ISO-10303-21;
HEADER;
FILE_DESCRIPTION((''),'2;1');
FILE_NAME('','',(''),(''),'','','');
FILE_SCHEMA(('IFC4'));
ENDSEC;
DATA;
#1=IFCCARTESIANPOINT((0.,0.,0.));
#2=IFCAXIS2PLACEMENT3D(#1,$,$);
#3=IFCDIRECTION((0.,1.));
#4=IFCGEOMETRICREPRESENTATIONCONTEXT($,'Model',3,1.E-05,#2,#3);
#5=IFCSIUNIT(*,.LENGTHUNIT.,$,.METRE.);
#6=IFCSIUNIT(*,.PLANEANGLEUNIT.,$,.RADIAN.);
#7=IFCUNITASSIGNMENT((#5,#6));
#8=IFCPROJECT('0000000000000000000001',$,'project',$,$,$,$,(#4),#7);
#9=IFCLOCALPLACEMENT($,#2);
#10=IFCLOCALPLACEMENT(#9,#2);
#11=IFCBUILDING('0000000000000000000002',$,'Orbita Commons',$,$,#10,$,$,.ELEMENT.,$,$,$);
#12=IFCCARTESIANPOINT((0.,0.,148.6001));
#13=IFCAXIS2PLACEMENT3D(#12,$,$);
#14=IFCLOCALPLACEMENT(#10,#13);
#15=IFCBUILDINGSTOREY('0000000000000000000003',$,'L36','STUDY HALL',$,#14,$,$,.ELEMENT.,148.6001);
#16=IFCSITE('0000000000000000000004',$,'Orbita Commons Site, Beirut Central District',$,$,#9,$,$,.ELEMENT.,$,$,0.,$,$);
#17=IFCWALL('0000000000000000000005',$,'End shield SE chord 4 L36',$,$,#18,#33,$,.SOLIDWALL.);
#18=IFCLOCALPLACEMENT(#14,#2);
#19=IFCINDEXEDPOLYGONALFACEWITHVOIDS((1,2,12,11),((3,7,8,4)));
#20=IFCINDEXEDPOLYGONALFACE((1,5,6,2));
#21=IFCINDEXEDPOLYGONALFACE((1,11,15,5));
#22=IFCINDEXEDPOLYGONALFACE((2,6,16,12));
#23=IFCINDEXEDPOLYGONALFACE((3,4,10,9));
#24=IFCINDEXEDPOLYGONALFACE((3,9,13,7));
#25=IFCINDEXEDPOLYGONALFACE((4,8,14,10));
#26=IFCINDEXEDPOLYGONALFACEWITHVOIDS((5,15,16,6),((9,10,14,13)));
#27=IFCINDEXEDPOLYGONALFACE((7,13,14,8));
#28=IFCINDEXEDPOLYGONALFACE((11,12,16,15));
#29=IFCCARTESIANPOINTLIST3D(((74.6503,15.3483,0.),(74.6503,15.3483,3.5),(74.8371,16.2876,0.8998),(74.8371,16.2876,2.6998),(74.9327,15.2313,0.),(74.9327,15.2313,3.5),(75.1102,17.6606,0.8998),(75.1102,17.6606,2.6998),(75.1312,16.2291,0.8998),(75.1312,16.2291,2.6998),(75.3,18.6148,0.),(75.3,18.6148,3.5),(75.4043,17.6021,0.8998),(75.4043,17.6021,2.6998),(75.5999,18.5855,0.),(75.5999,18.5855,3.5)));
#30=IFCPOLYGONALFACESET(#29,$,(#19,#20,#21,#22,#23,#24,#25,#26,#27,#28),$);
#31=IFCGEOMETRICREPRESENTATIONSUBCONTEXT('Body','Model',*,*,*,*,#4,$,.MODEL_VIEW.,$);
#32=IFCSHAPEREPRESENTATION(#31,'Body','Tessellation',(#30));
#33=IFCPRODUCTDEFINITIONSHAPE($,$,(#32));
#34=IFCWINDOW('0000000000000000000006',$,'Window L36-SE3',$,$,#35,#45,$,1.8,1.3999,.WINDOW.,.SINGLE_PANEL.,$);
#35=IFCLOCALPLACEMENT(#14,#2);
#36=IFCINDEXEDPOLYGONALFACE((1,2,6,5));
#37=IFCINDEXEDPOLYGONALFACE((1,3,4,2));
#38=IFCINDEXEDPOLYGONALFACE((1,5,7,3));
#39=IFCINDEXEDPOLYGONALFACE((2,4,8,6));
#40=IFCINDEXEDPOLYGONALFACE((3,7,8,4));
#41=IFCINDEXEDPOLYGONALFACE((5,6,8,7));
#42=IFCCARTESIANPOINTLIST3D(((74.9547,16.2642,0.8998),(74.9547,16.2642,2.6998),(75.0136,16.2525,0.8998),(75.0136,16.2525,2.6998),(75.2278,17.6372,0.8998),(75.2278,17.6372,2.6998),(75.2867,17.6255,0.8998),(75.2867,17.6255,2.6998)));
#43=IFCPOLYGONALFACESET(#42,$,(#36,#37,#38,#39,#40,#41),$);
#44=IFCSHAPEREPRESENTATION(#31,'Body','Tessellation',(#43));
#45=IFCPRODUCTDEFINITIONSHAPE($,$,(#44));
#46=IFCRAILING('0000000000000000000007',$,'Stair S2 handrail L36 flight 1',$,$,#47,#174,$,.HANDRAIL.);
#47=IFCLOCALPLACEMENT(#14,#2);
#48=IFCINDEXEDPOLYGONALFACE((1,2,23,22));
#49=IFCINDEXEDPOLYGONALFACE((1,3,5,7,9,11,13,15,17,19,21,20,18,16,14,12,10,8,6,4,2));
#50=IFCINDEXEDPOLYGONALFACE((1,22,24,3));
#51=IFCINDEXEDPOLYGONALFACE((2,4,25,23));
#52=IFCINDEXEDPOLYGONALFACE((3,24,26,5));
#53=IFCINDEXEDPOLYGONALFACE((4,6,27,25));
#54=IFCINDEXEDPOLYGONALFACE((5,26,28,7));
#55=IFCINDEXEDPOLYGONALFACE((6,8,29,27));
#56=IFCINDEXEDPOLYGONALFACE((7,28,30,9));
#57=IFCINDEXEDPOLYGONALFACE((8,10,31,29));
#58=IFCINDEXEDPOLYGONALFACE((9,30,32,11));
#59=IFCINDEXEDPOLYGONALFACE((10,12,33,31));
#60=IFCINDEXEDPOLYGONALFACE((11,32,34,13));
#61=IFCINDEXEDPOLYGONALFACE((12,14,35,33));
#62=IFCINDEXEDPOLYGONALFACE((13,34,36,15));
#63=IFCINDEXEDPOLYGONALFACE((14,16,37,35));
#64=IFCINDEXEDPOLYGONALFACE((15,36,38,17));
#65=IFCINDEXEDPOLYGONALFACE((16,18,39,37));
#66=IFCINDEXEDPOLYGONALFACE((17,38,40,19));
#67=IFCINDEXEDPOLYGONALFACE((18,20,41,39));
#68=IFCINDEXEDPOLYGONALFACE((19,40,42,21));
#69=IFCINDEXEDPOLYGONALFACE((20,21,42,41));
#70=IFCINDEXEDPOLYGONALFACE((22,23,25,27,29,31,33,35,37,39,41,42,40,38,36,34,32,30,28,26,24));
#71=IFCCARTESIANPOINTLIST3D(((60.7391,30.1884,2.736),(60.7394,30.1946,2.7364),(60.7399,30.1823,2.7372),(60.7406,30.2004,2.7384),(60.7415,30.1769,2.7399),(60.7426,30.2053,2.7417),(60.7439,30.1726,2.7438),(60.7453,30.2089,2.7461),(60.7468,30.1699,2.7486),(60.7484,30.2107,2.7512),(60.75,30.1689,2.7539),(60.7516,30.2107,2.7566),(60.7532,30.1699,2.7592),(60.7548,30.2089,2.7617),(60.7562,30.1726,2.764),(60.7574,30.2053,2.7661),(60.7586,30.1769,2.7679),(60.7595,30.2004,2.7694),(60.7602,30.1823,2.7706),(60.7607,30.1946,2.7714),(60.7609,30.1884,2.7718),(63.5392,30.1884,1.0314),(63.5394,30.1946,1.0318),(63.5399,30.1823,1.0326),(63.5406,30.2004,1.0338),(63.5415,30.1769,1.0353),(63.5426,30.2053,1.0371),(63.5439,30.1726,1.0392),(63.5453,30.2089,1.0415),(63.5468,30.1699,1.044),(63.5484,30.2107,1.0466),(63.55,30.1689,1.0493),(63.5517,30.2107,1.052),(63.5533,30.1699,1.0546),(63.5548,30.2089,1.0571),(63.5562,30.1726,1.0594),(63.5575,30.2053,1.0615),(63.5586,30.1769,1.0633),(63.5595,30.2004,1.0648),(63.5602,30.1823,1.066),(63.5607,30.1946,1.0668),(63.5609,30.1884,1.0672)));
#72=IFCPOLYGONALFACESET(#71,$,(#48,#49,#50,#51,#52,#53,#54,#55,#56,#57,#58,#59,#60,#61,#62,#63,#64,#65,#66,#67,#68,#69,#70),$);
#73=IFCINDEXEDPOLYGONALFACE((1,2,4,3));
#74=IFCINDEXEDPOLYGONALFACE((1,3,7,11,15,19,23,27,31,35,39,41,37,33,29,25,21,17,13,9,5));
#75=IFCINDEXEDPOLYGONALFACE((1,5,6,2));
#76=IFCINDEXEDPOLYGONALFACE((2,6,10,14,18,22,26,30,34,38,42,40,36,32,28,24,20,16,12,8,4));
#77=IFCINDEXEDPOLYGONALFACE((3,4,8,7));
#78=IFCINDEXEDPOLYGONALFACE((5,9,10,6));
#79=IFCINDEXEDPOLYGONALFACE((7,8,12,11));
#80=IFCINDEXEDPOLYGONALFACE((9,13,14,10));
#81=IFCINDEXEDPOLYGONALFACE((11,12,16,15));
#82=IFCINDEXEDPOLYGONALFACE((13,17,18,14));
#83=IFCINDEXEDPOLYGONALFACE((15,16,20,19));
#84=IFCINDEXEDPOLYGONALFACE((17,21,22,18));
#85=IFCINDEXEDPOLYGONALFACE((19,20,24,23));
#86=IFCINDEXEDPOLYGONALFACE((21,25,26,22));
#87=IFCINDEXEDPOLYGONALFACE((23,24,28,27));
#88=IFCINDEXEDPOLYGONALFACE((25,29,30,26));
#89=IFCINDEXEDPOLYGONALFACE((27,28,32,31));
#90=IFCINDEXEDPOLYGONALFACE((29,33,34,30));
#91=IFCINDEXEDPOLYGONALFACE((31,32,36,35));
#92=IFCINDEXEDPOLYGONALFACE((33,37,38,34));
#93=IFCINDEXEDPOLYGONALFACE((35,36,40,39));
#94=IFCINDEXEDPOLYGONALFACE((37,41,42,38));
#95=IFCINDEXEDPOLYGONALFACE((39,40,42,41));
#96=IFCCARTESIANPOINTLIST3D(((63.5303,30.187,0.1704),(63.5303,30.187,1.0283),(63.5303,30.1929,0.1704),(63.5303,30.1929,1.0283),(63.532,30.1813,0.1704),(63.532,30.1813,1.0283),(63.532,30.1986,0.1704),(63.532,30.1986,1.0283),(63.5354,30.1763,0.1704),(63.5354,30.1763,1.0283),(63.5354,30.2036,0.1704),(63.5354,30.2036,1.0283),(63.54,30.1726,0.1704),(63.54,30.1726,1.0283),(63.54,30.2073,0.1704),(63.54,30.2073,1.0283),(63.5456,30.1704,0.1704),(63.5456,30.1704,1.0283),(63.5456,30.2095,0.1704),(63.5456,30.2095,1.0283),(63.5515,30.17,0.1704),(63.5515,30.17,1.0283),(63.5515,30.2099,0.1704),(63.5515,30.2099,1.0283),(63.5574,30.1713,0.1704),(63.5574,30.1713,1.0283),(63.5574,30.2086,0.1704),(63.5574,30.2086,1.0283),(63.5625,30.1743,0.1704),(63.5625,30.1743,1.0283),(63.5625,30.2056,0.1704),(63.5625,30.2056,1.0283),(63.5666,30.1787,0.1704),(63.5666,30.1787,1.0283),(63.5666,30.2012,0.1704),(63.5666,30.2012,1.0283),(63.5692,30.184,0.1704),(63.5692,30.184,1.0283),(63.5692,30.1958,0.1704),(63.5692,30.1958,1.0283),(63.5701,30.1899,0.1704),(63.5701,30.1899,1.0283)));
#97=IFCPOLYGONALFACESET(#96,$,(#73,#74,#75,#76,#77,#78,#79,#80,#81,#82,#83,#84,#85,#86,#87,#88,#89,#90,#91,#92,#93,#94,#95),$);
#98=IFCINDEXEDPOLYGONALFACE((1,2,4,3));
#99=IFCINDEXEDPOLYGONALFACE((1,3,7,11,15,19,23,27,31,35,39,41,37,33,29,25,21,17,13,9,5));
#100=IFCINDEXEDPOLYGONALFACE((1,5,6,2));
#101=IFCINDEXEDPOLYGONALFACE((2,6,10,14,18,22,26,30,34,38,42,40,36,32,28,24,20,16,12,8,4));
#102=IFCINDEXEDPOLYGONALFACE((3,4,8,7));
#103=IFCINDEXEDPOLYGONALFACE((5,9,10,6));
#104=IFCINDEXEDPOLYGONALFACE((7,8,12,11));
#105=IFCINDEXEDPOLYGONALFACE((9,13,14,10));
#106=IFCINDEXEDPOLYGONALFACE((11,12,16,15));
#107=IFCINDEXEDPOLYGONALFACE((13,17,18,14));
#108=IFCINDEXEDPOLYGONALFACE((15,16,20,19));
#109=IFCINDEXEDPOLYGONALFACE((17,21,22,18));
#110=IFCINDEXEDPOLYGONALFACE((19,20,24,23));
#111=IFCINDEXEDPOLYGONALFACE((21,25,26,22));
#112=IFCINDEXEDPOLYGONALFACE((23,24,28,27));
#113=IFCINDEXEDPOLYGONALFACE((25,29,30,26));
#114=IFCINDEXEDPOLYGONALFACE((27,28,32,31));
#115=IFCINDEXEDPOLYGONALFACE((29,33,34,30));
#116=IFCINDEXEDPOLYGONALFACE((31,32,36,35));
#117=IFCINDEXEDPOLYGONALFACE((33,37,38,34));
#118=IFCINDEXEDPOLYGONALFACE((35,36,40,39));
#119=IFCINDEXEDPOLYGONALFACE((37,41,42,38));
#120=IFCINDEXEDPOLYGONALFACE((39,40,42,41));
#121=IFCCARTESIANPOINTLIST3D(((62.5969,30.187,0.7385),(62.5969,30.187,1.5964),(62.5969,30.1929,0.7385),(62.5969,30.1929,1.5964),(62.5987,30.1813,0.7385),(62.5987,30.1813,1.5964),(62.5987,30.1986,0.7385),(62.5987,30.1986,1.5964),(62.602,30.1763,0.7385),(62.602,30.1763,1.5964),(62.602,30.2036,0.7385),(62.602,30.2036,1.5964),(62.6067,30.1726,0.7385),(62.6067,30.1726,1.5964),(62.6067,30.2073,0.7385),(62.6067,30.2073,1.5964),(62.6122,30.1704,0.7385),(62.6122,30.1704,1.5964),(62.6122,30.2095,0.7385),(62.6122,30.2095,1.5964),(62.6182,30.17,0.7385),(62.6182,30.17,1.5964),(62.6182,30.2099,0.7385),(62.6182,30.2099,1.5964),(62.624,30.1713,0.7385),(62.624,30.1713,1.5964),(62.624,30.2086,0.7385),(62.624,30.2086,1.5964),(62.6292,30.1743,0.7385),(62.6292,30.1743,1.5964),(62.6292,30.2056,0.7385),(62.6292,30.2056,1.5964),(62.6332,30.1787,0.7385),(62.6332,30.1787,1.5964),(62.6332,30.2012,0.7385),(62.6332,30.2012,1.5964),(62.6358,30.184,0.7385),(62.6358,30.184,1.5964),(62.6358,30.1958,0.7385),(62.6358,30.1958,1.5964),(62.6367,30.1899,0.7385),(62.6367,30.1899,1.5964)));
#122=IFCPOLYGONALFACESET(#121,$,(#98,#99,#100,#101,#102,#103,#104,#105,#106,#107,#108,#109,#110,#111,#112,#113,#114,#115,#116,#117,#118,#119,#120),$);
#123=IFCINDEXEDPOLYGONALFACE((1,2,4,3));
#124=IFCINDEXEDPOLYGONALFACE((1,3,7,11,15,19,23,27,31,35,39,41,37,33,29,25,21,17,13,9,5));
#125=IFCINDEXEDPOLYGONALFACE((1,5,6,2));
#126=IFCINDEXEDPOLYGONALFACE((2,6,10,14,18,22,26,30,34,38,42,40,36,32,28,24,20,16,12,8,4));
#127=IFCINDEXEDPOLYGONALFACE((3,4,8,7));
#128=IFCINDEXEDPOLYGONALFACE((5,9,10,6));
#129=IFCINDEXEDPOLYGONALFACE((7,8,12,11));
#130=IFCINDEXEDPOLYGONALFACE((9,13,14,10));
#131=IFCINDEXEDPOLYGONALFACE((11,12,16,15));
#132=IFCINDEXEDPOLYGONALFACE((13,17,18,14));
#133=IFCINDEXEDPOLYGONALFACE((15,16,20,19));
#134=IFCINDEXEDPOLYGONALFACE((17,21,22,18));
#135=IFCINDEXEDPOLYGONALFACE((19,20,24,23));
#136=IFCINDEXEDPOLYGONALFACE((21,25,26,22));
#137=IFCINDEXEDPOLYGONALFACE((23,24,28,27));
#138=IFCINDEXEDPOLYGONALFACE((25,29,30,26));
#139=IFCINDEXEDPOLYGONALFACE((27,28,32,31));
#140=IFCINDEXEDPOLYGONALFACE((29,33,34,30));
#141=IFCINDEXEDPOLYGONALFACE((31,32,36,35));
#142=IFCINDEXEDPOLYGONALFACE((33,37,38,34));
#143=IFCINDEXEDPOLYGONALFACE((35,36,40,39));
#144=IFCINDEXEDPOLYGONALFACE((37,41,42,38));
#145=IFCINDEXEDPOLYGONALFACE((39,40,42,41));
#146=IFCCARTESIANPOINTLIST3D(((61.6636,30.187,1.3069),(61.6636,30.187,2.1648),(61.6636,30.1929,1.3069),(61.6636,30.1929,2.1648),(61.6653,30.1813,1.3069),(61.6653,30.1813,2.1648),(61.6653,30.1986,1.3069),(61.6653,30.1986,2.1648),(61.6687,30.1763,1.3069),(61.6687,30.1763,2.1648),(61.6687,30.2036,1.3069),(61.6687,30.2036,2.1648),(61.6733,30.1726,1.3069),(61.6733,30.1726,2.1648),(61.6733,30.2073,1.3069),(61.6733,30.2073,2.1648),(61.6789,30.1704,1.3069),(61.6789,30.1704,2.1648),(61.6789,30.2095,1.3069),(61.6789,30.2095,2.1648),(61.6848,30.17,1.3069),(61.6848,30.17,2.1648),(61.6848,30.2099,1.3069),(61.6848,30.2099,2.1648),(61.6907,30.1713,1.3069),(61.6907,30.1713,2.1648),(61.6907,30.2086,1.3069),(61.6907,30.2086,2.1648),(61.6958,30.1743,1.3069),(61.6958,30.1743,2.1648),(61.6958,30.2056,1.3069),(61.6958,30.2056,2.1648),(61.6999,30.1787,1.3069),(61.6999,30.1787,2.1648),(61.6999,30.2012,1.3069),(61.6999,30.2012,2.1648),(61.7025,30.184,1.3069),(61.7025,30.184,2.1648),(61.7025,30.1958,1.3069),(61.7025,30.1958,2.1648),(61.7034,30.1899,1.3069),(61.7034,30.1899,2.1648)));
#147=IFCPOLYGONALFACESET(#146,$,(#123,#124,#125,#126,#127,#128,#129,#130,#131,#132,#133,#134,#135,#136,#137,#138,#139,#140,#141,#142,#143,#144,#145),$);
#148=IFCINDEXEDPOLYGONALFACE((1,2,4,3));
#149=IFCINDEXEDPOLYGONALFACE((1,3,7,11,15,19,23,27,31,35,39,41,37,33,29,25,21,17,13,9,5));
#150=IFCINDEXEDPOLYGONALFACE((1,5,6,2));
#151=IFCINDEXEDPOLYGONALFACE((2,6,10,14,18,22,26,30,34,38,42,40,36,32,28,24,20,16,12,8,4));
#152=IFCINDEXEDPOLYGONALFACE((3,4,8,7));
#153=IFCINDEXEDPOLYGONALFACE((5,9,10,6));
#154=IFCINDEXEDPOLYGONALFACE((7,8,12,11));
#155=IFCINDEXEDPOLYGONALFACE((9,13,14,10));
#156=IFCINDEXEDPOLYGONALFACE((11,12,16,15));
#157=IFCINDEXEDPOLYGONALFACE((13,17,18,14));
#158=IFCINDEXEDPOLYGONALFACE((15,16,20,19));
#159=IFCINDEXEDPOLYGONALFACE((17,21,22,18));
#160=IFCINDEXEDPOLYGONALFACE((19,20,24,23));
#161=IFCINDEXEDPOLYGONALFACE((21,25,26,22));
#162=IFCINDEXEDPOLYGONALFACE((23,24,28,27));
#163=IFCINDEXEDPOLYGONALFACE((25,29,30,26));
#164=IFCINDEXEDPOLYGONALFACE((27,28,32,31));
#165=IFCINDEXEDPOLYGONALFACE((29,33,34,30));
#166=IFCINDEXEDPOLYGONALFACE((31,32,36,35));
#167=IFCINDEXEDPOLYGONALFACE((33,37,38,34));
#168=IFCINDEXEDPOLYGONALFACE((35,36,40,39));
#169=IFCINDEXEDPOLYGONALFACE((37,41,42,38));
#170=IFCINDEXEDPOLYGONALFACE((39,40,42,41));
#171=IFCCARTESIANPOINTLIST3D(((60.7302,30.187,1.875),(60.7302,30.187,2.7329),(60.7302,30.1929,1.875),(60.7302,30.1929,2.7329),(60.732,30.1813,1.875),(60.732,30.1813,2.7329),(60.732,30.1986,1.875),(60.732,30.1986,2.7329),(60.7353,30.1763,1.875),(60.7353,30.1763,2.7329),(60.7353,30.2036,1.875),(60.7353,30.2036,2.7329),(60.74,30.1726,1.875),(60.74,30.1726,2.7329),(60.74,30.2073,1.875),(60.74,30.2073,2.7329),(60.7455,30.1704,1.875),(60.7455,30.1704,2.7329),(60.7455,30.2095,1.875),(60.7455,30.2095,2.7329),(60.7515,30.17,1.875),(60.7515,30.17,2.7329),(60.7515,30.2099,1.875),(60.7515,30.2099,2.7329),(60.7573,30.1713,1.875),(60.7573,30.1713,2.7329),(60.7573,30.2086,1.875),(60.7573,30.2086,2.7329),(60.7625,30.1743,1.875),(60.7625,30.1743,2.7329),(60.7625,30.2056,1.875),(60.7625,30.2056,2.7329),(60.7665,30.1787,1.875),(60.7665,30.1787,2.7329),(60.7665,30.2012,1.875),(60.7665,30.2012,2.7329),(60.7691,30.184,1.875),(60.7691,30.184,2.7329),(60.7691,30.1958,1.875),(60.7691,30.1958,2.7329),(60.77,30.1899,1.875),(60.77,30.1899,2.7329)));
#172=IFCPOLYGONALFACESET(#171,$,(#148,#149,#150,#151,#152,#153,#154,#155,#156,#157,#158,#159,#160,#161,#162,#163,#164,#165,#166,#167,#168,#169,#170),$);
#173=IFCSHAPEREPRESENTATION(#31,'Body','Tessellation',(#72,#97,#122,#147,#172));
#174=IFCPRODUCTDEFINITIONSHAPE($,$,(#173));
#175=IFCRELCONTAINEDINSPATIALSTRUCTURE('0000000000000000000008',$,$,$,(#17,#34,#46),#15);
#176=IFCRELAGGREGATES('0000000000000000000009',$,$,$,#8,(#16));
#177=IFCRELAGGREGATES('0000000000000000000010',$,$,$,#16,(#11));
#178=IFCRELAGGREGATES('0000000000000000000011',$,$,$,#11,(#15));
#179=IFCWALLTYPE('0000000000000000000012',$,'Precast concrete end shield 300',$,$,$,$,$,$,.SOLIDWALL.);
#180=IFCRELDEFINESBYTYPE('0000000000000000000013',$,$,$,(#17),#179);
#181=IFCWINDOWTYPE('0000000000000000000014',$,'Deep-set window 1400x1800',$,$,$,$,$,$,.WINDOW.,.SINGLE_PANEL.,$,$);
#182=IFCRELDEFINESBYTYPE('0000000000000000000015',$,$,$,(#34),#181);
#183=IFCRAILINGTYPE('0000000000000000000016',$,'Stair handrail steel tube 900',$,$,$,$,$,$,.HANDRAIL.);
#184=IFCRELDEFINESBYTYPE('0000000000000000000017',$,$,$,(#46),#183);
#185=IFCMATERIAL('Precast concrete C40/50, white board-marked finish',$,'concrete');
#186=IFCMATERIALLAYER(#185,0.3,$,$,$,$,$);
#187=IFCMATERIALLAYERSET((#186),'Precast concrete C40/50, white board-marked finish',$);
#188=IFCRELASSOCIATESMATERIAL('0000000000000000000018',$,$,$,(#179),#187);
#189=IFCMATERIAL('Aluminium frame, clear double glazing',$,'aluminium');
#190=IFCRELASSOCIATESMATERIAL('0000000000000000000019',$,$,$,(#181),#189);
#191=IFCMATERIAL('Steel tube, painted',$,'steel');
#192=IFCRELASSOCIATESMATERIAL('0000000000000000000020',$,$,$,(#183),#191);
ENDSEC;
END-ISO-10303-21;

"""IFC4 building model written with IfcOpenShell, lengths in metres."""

from ifc_helpers import new_model, si_unit, direction, frame, frame_2d, origin, origin_2d, place, context, subcontext, project, spatial, polyline, rectangle, circle, outline, extrude, material, layer, layer_set, type_object, element, fill, save


model = new_model("IFC4")

# Units and contexts
model_context = context("Model", 3, precision=1e-05, world=origin(), true_north=direction((0.0, 1.0)))
body_context = subcontext(model_context, "Body", "Model", "MODEL_VIEW")
ifc_project = project(units=[si_unit("LENGTHUNIT", "METRE"), si_unit("PLANEANGLEUNIT", "RADIAN")], contexts=[model_context])

# Site, building, storey
site_placement = place(None, origin())
site = spatial("IfcSite", under=ifc_project, at=site_placement, Name="Orbita Commons Site, Beirut Central District", CompositionType="ELEMENT", RefElevation=0.0)
building_placement = place(site_placement, origin())
building = spatial("IfcBuilding", under=site, at=building_placement, Name="Orbita Commons", CompositionType="ELEMENT")
storey_placement = place(building_placement, frame((0.0, 0.0, 148.6001)))
storey = spatial("IfcBuildingStorey", under=building, at=storey_placement, Name="L36", Description="STUDY HALL", CompositionType="ELEMENT", Elevation=148.6001)

# Shared definitions
ifc_material_1 = material(Name="Precast concrete C40/50, white board-marked finish", Category="concrete")
ifc_layer_1 = layer(ifc_material_1, 0.3)
ifc_layer_set_1 = layer_set([ifc_layer_1], Name="Precast concrete C40/50, white board-marked finish")
wall_type_1 = type_object("IfcWallType", Name="Precast concrete end shield 300", PredefinedType="SOLIDWALL", material=ifc_layer_set_1)

# Wall, opening, window
ifc_material_2 = material(Name="Aluminium frame, clear double glazing", Category="aluminium")
window_type_1 = type_object("IfcWindowType", Name="Deep-set window 1400x1800", PartitioningType="SINGLE_PANEL", PredefinedType="WINDOW", material=ifc_material_2)
wall_1_placement = place(storey_placement, frame((74.7915, 15.2898, 0.0), z_axis=(0.0, 0.0, 1.0), x_axis=(0.195087, 0.980786, 0.0)))
wall_1 = element("IfcWall", 1, at=wall_1_placement, inside=storey, type_object=wall_type_1, Name="End shield SE chord 4 L36", PredefinedType="SOLIDWALL", context=body_context, shape_type="SweptSolid", body=[
    extrude(outline(polyline([(-0.0298, -0.1499), (3.3901, -0.1499), (3.3604, 0.1499), (0.0298, 0.1499), (-0.0298, -0.1499)])), origin(), (0.0, 0.0, 1.0), 3.5),
])
opening_1_placement = place(wall_1_placement, frame((0.9875, 0.0, 0.8999)))
opening_1 = element("IfcOpeningElement", 2, at=opening_1_placement, cuts=wall_1, PredefinedType="OPENING", context=body_context, shape_type="SweptSolid", body=[
    extrude(rectangle(XDim=1.3999, YDim=1.8, at=frame_2d((0.7, 0.8999))), frame((0.0, 0.1599, 0.0), z_axis=(0.0, -1.0, 0.0), x_axis=(1.0, 0.0, 0.0)), (0.0, 0.0, 1.0), 0.3201),
])
window_1_placement = place(opening_1_placement, origin())
window_1 = element("IfcWindow", 3, at=window_1_placement, inside=storey, type_object=window_type_1, Name="Window L36-SE3", OverallHeight=1.8, OverallWidth=1.3999, PartitioningType="SINGLE_PANEL", PredefinedType="WINDOW", context=body_context, shape_type="SweptSolid", body=[
    extrude(rectangle(XDim=1.3999, YDim=1.8, at=frame_2d((0.7, 0.8999))), frame((0.0, 0.03, 0.0), z_axis=(0.0, -1.0, 0.0), x_axis=(1.0, 0.0, 0.0)), (0.0, 0.0, 1.0), 0.0601),
])
fill(opening_1, window_1)

# Railing
ifc_material_3 = material(Name="Steel tube, painted", Category="steel")
railing_type = type_object("IfcRailingType", Name="Stair handrail steel tube 900", PredefinedType="HANDRAIL", material=ifc_material_3)
railing_placement = place(storey_placement, frame((63.55, 30.1899, 0.1704)))
element("IfcRailing", 4, at=railing_placement, inside=storey, type_object=railing_type, Name="Stair S2 handrail L36 flight 1", PredefinedType="HANDRAIL", context=body_context, shape_type="SweptSolid", body=[
    extrude(circle(Radius=0.021, at=origin_2d()), frame((0.0, 0.0, 0.8789), z_axis=(-0.85417, 0.0, 0.519994), x_axis=(0.0, -1.0, 0.0)), (0.0, 0.0, 1.0), 3.2781),
    extrude(circle(Radius=0.02, at=origin_2d()), origin(), (0.0, 0.0, 1.0), 0.8579),
    extrude(circle(Radius=0.02, at=origin_2d()), frame((-0.9333, 0.0, 0.5681)), (0.0, 0.0, 1.0), 0.8579),
    extrude(circle(Radius=0.02, at=origin_2d()), frame((-1.8667, 0.0, 1.1365)), (0.0, 0.0, 1.0), 0.8579),
    extrude(circle(Radius=0.02, at=origin_2d()), frame((-2.8, 0.0, 1.7046)), (0.0, 0.0, 1.0), 0.8579),
])

save(model, "model.ifc")
